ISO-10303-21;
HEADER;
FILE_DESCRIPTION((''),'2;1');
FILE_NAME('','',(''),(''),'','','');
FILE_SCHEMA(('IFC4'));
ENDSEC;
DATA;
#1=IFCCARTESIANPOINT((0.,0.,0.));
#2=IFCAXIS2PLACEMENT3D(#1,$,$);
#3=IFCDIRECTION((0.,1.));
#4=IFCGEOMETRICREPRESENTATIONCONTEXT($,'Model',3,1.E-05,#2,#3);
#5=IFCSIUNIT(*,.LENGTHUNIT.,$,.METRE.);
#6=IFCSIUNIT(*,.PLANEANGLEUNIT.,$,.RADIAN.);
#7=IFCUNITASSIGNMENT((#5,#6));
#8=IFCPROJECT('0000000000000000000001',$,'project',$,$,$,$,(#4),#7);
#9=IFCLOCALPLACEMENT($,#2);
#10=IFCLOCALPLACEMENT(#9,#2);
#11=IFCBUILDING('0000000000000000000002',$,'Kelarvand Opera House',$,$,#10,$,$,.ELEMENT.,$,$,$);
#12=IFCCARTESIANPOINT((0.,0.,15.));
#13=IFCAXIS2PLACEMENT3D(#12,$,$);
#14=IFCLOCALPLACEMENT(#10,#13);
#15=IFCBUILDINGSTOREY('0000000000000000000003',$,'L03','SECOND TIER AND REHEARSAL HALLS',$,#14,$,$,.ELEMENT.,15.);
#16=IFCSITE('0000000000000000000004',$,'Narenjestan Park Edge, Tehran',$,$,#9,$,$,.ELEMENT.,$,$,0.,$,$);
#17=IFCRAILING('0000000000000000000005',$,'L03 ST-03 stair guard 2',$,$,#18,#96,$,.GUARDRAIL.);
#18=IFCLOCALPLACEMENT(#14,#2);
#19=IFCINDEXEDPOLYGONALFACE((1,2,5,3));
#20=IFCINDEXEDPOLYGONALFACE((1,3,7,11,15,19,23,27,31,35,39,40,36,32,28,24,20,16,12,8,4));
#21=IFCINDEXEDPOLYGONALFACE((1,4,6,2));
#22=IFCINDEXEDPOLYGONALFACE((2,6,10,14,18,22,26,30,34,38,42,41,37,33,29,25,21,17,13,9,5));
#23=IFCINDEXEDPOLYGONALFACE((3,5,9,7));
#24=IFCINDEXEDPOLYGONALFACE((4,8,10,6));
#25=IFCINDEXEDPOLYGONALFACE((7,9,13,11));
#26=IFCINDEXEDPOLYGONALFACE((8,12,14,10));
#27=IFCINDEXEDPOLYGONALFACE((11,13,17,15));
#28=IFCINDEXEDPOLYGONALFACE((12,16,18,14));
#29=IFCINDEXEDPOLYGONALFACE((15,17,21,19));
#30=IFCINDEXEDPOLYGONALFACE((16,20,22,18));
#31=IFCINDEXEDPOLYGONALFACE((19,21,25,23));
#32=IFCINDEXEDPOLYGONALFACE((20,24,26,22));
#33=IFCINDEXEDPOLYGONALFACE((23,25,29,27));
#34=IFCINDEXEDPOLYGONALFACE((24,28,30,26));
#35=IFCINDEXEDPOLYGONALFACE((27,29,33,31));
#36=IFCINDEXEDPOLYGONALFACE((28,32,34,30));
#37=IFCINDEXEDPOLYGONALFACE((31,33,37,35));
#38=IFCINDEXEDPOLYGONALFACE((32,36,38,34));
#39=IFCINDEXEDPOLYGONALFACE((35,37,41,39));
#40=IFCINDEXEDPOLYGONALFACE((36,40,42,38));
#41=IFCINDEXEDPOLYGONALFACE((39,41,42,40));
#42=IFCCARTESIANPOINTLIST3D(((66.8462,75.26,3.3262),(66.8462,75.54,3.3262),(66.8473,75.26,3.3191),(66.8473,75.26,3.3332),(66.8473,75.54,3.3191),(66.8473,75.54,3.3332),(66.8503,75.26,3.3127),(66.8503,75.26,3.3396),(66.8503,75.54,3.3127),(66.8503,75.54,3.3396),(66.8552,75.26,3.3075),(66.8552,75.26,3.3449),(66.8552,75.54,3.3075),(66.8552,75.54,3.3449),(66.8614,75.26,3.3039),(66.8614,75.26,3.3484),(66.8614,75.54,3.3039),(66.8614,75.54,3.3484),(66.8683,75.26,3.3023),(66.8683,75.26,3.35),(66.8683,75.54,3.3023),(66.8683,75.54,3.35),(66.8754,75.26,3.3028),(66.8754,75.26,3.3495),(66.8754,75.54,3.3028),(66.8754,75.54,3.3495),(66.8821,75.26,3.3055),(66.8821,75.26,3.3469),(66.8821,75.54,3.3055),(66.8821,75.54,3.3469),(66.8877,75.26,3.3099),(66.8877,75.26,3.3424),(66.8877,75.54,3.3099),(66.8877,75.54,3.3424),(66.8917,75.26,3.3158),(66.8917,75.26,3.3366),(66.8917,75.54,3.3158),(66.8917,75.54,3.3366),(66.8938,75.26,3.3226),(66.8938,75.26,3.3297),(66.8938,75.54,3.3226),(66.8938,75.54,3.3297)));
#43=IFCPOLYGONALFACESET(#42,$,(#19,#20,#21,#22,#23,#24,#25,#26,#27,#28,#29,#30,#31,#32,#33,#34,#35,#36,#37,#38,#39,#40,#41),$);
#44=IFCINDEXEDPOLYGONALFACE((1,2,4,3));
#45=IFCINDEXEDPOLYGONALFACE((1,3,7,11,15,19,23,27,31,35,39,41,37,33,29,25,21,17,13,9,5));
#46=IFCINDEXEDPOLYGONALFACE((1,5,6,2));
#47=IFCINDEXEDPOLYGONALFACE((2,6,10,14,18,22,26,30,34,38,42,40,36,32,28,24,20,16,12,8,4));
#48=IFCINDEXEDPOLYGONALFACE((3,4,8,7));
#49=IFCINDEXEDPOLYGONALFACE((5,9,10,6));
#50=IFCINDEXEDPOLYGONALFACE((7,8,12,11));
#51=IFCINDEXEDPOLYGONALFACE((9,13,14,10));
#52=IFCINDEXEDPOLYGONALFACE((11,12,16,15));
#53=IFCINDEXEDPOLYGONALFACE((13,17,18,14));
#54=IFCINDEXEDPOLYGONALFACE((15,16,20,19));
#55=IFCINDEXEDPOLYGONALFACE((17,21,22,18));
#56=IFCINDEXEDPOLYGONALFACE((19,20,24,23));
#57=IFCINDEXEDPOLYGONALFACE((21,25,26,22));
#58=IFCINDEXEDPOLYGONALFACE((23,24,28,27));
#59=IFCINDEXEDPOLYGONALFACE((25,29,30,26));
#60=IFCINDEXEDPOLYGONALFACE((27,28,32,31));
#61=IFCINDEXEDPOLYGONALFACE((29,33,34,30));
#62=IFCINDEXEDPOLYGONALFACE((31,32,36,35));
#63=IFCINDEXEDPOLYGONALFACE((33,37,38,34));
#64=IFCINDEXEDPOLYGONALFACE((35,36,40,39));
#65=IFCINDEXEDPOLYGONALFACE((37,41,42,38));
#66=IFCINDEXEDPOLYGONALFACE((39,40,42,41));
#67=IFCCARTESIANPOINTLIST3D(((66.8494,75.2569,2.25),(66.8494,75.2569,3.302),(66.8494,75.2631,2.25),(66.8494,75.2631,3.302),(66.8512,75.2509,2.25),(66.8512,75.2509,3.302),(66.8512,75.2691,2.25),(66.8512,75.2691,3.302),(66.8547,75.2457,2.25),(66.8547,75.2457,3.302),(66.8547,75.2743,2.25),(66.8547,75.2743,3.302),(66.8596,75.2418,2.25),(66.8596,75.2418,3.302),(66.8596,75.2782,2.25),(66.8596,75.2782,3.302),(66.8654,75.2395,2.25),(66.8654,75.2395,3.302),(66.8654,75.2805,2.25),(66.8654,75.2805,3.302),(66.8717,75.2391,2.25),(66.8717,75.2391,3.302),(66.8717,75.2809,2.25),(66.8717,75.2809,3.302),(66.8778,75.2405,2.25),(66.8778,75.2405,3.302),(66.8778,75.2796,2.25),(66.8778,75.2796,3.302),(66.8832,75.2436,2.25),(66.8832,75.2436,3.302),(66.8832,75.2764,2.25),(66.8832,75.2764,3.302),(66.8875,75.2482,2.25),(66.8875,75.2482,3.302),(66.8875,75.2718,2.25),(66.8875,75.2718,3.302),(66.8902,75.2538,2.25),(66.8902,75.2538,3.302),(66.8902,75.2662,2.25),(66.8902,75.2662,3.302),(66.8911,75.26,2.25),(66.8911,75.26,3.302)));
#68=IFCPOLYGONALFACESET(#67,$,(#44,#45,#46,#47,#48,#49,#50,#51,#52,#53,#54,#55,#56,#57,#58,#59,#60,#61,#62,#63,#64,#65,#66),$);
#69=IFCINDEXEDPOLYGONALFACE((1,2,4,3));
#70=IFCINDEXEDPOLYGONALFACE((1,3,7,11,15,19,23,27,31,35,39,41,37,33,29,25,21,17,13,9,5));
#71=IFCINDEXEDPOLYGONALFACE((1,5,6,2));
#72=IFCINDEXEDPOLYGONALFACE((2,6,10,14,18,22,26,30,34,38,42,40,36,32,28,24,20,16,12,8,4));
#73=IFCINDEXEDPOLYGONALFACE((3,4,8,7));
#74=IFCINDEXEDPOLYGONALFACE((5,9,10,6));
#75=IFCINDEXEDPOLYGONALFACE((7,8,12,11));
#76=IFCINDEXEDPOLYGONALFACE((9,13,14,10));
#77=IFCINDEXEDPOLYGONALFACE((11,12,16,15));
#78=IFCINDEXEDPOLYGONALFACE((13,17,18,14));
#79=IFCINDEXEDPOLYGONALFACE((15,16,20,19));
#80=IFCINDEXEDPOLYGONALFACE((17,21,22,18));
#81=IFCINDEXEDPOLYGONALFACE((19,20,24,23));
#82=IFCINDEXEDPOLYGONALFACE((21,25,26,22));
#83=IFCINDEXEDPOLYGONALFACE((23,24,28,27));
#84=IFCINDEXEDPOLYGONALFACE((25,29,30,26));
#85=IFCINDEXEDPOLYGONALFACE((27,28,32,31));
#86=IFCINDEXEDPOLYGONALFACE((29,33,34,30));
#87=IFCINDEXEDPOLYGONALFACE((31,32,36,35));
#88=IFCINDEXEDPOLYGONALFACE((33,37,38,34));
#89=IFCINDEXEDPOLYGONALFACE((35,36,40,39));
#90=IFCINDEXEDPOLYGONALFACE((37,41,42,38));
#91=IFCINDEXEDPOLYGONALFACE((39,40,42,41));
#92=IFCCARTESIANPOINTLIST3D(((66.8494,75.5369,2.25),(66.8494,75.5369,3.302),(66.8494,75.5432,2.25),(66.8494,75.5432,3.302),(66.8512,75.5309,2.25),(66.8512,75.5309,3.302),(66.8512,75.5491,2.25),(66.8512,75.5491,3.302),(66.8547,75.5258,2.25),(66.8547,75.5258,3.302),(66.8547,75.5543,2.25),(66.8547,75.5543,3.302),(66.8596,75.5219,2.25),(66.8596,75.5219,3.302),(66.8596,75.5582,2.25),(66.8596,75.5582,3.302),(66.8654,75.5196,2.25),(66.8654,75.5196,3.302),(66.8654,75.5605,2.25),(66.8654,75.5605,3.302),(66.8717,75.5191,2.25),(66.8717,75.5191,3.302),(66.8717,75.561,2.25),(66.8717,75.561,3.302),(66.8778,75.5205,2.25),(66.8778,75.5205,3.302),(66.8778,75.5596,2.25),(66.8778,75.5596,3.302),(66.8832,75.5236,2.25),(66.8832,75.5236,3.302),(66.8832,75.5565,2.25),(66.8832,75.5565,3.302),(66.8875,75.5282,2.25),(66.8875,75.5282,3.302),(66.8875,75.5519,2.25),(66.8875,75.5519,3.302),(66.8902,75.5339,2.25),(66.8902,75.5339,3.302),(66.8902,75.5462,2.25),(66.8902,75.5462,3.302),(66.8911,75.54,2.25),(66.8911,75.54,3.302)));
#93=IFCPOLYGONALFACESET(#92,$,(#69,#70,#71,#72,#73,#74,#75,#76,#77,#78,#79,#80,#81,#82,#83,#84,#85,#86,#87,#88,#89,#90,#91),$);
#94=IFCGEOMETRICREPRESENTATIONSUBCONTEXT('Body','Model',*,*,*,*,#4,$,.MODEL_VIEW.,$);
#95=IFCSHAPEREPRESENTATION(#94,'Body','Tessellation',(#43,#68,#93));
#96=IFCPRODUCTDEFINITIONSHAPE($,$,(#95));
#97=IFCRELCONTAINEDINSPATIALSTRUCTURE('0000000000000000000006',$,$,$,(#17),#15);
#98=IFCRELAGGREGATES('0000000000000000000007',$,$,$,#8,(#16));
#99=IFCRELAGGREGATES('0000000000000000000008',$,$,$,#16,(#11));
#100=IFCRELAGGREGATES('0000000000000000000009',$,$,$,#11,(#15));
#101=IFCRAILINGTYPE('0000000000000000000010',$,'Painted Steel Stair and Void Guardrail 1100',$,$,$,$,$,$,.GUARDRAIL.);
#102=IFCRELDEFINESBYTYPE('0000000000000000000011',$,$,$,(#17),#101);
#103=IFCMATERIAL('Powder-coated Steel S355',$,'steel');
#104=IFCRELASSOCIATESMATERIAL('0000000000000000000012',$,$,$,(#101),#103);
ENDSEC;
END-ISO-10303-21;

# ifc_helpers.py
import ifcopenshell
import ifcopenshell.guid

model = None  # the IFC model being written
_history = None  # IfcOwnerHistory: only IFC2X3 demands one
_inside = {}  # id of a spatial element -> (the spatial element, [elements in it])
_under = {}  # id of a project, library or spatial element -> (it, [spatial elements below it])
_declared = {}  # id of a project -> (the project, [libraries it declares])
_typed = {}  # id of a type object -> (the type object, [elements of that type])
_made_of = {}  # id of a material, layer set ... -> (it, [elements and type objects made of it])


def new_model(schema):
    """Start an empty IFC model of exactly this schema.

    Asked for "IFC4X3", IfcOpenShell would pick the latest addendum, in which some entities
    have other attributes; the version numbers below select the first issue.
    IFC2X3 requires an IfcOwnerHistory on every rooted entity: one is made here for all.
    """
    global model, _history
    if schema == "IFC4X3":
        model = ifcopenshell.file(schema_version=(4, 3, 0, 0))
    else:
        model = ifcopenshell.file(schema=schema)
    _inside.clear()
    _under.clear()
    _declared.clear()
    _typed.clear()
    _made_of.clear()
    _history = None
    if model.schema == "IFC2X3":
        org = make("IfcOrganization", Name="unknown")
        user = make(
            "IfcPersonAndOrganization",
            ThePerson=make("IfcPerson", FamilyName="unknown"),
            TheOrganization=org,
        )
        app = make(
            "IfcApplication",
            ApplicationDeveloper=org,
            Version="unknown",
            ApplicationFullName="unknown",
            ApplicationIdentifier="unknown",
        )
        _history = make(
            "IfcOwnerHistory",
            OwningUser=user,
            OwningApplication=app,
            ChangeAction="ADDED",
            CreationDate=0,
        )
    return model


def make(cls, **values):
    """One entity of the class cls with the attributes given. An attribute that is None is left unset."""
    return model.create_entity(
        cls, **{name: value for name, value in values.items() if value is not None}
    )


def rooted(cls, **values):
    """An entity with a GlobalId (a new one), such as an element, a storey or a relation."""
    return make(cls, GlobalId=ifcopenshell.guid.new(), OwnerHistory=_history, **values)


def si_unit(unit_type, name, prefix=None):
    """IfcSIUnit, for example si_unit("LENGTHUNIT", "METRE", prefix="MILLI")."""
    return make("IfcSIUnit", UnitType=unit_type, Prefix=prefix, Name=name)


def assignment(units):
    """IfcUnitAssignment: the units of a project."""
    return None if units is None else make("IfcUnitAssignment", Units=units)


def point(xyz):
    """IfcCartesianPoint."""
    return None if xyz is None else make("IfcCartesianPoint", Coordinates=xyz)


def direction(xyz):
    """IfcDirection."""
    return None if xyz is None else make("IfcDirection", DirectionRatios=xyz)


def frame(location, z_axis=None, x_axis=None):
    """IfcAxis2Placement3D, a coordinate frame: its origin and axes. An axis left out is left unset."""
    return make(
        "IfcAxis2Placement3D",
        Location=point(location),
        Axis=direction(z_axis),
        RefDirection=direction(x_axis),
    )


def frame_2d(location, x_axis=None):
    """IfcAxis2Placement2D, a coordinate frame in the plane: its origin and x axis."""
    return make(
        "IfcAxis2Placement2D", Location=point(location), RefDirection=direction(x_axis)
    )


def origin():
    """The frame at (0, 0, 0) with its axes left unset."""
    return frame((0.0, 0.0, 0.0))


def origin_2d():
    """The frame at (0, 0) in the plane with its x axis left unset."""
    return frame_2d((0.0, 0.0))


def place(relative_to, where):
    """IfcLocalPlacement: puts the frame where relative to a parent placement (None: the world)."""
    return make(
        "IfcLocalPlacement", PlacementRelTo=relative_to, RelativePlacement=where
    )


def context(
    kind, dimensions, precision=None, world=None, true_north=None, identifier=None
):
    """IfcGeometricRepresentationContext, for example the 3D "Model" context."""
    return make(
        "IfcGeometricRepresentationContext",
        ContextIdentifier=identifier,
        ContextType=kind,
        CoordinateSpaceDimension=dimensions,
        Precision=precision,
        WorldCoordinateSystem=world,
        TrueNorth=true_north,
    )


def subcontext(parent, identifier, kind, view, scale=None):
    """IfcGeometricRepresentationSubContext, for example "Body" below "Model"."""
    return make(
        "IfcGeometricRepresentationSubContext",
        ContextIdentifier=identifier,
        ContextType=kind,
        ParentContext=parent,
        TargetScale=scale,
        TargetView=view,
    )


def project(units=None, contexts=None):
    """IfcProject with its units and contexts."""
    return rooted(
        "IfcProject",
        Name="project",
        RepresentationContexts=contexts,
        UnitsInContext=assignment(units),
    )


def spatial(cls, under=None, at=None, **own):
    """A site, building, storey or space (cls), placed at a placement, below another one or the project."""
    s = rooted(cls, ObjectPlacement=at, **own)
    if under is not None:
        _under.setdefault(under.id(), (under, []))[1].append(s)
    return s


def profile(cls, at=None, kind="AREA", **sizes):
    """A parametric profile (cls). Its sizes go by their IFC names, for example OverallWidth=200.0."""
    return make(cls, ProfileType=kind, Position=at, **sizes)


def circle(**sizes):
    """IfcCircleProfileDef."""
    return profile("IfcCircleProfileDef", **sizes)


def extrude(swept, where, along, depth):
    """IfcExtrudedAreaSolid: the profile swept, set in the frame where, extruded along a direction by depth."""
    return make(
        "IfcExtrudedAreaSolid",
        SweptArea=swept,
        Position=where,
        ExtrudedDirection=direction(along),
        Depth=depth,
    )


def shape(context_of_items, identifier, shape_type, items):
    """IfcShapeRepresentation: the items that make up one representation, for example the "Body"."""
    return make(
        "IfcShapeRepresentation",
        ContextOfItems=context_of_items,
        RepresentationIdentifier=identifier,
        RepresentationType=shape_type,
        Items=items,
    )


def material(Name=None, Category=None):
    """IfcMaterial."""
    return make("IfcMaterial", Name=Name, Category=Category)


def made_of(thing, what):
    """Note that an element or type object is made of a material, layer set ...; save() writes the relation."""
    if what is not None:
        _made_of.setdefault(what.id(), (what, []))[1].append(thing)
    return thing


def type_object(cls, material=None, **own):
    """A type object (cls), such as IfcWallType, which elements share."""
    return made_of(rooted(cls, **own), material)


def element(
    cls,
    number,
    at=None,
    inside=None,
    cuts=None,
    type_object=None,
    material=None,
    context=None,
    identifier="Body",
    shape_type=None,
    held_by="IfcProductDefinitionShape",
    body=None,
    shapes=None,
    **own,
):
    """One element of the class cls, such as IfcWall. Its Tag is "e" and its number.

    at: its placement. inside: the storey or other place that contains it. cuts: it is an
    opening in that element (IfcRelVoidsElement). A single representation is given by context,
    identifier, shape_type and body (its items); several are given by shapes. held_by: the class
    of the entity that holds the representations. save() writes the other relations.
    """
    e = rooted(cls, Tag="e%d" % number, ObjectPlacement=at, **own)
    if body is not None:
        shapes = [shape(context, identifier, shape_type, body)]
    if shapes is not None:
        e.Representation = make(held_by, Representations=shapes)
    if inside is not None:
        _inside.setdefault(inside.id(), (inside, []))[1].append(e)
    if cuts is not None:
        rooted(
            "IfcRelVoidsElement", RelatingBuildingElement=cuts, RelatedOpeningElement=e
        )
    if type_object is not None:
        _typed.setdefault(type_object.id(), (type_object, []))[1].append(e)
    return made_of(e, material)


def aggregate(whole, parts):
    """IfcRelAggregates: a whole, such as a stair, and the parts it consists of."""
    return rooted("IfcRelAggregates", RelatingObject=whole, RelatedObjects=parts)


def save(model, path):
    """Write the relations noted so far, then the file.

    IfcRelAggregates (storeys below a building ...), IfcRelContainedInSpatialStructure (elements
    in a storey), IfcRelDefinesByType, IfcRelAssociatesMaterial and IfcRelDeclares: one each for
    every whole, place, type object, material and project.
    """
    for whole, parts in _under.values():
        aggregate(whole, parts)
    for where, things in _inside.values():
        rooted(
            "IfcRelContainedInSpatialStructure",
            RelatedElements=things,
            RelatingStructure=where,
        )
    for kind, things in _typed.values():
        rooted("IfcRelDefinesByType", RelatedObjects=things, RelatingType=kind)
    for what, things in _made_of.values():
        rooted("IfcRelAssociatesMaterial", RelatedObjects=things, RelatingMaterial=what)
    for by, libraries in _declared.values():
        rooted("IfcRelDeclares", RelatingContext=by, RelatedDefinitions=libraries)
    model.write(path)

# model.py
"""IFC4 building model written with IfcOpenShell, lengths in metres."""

from ifc_helpers import new_model, si_unit, direction, frame, origin, origin_2d, place, context, subcontext, project, spatial, circle, extrude, material, type_object, element, save


model = new_model("IFC4")

# Units and contexts
model_context = context("Model", 3, precision=1e-05, world=origin(), true_north=direction((0.0, 1.0)))
body_context = subcontext(model_context, "Body", "Model", "MODEL_VIEW")
ifc_project = project(units=[si_unit("LENGTHUNIT", "METRE"), si_unit("PLANEANGLEUNIT", "RADIAN")], contexts=[model_context])

# Site, building, storey
site_placement = place(None, origin())
site = spatial("IfcSite", under=ifc_project, at=site_placement, Name="Narenjestan Park Edge, Tehran", CompositionType="ELEMENT", RefElevation=0.0)
building_placement = place(site_placement, origin())
building = spatial("IfcBuilding", under=site, at=building_placement, Name="Kelarvand Opera House", CompositionType="ELEMENT")
storey_placement = place(building_placement, frame((0.0, 0.0, 15.0)))
storey = spatial("IfcBuildingStorey", under=building, at=storey_placement, Name="L03", Description="SECOND TIER AND REHEARSAL HALLS", CompositionType="ELEMENT", Elevation=15.0)

# Railing
ifc_material_1 = material(Name="Powder-coated Steel S355", Category="steel")
railing_type_1 = type_object("IfcRailingType", Name="Painted Steel Stair and Void Guardrail 1100", PredefinedType="GUARDRAIL", material=ifc_material_1)
railing_1_placement = place(storey_placement, frame((66.8701, 75.26, 2.25)))
element("IfcRailing", 1, at=railing_1_placement, inside=storey, type_object=railing_type_1, Name="L03 ST-03 stair guard 2", PredefinedType="GUARDRAIL", context=body_context, shape_type="SweptSolid", body=[
    extrude(circle(Radius=0.0239, at=origin_2d()), frame((0.0, 0.0, 1.0762), z_axis=(0.0, 1.0, 0.0), x_axis=(-1.0, 0.0, 0.0)), (0.0, 0.0, 1.0), 0.28),
    extrude(circle(Radius=0.021, at=origin_2d()), origin(), (0.0, 0.0, 1.0), 1.052),
    extrude(circle(Radius=0.021, at=origin_2d()), frame((0.0, 0.28, 0.0)), (0.0, 0.0, 1.0), 1.052),
])

save(model, "model.ifc")
